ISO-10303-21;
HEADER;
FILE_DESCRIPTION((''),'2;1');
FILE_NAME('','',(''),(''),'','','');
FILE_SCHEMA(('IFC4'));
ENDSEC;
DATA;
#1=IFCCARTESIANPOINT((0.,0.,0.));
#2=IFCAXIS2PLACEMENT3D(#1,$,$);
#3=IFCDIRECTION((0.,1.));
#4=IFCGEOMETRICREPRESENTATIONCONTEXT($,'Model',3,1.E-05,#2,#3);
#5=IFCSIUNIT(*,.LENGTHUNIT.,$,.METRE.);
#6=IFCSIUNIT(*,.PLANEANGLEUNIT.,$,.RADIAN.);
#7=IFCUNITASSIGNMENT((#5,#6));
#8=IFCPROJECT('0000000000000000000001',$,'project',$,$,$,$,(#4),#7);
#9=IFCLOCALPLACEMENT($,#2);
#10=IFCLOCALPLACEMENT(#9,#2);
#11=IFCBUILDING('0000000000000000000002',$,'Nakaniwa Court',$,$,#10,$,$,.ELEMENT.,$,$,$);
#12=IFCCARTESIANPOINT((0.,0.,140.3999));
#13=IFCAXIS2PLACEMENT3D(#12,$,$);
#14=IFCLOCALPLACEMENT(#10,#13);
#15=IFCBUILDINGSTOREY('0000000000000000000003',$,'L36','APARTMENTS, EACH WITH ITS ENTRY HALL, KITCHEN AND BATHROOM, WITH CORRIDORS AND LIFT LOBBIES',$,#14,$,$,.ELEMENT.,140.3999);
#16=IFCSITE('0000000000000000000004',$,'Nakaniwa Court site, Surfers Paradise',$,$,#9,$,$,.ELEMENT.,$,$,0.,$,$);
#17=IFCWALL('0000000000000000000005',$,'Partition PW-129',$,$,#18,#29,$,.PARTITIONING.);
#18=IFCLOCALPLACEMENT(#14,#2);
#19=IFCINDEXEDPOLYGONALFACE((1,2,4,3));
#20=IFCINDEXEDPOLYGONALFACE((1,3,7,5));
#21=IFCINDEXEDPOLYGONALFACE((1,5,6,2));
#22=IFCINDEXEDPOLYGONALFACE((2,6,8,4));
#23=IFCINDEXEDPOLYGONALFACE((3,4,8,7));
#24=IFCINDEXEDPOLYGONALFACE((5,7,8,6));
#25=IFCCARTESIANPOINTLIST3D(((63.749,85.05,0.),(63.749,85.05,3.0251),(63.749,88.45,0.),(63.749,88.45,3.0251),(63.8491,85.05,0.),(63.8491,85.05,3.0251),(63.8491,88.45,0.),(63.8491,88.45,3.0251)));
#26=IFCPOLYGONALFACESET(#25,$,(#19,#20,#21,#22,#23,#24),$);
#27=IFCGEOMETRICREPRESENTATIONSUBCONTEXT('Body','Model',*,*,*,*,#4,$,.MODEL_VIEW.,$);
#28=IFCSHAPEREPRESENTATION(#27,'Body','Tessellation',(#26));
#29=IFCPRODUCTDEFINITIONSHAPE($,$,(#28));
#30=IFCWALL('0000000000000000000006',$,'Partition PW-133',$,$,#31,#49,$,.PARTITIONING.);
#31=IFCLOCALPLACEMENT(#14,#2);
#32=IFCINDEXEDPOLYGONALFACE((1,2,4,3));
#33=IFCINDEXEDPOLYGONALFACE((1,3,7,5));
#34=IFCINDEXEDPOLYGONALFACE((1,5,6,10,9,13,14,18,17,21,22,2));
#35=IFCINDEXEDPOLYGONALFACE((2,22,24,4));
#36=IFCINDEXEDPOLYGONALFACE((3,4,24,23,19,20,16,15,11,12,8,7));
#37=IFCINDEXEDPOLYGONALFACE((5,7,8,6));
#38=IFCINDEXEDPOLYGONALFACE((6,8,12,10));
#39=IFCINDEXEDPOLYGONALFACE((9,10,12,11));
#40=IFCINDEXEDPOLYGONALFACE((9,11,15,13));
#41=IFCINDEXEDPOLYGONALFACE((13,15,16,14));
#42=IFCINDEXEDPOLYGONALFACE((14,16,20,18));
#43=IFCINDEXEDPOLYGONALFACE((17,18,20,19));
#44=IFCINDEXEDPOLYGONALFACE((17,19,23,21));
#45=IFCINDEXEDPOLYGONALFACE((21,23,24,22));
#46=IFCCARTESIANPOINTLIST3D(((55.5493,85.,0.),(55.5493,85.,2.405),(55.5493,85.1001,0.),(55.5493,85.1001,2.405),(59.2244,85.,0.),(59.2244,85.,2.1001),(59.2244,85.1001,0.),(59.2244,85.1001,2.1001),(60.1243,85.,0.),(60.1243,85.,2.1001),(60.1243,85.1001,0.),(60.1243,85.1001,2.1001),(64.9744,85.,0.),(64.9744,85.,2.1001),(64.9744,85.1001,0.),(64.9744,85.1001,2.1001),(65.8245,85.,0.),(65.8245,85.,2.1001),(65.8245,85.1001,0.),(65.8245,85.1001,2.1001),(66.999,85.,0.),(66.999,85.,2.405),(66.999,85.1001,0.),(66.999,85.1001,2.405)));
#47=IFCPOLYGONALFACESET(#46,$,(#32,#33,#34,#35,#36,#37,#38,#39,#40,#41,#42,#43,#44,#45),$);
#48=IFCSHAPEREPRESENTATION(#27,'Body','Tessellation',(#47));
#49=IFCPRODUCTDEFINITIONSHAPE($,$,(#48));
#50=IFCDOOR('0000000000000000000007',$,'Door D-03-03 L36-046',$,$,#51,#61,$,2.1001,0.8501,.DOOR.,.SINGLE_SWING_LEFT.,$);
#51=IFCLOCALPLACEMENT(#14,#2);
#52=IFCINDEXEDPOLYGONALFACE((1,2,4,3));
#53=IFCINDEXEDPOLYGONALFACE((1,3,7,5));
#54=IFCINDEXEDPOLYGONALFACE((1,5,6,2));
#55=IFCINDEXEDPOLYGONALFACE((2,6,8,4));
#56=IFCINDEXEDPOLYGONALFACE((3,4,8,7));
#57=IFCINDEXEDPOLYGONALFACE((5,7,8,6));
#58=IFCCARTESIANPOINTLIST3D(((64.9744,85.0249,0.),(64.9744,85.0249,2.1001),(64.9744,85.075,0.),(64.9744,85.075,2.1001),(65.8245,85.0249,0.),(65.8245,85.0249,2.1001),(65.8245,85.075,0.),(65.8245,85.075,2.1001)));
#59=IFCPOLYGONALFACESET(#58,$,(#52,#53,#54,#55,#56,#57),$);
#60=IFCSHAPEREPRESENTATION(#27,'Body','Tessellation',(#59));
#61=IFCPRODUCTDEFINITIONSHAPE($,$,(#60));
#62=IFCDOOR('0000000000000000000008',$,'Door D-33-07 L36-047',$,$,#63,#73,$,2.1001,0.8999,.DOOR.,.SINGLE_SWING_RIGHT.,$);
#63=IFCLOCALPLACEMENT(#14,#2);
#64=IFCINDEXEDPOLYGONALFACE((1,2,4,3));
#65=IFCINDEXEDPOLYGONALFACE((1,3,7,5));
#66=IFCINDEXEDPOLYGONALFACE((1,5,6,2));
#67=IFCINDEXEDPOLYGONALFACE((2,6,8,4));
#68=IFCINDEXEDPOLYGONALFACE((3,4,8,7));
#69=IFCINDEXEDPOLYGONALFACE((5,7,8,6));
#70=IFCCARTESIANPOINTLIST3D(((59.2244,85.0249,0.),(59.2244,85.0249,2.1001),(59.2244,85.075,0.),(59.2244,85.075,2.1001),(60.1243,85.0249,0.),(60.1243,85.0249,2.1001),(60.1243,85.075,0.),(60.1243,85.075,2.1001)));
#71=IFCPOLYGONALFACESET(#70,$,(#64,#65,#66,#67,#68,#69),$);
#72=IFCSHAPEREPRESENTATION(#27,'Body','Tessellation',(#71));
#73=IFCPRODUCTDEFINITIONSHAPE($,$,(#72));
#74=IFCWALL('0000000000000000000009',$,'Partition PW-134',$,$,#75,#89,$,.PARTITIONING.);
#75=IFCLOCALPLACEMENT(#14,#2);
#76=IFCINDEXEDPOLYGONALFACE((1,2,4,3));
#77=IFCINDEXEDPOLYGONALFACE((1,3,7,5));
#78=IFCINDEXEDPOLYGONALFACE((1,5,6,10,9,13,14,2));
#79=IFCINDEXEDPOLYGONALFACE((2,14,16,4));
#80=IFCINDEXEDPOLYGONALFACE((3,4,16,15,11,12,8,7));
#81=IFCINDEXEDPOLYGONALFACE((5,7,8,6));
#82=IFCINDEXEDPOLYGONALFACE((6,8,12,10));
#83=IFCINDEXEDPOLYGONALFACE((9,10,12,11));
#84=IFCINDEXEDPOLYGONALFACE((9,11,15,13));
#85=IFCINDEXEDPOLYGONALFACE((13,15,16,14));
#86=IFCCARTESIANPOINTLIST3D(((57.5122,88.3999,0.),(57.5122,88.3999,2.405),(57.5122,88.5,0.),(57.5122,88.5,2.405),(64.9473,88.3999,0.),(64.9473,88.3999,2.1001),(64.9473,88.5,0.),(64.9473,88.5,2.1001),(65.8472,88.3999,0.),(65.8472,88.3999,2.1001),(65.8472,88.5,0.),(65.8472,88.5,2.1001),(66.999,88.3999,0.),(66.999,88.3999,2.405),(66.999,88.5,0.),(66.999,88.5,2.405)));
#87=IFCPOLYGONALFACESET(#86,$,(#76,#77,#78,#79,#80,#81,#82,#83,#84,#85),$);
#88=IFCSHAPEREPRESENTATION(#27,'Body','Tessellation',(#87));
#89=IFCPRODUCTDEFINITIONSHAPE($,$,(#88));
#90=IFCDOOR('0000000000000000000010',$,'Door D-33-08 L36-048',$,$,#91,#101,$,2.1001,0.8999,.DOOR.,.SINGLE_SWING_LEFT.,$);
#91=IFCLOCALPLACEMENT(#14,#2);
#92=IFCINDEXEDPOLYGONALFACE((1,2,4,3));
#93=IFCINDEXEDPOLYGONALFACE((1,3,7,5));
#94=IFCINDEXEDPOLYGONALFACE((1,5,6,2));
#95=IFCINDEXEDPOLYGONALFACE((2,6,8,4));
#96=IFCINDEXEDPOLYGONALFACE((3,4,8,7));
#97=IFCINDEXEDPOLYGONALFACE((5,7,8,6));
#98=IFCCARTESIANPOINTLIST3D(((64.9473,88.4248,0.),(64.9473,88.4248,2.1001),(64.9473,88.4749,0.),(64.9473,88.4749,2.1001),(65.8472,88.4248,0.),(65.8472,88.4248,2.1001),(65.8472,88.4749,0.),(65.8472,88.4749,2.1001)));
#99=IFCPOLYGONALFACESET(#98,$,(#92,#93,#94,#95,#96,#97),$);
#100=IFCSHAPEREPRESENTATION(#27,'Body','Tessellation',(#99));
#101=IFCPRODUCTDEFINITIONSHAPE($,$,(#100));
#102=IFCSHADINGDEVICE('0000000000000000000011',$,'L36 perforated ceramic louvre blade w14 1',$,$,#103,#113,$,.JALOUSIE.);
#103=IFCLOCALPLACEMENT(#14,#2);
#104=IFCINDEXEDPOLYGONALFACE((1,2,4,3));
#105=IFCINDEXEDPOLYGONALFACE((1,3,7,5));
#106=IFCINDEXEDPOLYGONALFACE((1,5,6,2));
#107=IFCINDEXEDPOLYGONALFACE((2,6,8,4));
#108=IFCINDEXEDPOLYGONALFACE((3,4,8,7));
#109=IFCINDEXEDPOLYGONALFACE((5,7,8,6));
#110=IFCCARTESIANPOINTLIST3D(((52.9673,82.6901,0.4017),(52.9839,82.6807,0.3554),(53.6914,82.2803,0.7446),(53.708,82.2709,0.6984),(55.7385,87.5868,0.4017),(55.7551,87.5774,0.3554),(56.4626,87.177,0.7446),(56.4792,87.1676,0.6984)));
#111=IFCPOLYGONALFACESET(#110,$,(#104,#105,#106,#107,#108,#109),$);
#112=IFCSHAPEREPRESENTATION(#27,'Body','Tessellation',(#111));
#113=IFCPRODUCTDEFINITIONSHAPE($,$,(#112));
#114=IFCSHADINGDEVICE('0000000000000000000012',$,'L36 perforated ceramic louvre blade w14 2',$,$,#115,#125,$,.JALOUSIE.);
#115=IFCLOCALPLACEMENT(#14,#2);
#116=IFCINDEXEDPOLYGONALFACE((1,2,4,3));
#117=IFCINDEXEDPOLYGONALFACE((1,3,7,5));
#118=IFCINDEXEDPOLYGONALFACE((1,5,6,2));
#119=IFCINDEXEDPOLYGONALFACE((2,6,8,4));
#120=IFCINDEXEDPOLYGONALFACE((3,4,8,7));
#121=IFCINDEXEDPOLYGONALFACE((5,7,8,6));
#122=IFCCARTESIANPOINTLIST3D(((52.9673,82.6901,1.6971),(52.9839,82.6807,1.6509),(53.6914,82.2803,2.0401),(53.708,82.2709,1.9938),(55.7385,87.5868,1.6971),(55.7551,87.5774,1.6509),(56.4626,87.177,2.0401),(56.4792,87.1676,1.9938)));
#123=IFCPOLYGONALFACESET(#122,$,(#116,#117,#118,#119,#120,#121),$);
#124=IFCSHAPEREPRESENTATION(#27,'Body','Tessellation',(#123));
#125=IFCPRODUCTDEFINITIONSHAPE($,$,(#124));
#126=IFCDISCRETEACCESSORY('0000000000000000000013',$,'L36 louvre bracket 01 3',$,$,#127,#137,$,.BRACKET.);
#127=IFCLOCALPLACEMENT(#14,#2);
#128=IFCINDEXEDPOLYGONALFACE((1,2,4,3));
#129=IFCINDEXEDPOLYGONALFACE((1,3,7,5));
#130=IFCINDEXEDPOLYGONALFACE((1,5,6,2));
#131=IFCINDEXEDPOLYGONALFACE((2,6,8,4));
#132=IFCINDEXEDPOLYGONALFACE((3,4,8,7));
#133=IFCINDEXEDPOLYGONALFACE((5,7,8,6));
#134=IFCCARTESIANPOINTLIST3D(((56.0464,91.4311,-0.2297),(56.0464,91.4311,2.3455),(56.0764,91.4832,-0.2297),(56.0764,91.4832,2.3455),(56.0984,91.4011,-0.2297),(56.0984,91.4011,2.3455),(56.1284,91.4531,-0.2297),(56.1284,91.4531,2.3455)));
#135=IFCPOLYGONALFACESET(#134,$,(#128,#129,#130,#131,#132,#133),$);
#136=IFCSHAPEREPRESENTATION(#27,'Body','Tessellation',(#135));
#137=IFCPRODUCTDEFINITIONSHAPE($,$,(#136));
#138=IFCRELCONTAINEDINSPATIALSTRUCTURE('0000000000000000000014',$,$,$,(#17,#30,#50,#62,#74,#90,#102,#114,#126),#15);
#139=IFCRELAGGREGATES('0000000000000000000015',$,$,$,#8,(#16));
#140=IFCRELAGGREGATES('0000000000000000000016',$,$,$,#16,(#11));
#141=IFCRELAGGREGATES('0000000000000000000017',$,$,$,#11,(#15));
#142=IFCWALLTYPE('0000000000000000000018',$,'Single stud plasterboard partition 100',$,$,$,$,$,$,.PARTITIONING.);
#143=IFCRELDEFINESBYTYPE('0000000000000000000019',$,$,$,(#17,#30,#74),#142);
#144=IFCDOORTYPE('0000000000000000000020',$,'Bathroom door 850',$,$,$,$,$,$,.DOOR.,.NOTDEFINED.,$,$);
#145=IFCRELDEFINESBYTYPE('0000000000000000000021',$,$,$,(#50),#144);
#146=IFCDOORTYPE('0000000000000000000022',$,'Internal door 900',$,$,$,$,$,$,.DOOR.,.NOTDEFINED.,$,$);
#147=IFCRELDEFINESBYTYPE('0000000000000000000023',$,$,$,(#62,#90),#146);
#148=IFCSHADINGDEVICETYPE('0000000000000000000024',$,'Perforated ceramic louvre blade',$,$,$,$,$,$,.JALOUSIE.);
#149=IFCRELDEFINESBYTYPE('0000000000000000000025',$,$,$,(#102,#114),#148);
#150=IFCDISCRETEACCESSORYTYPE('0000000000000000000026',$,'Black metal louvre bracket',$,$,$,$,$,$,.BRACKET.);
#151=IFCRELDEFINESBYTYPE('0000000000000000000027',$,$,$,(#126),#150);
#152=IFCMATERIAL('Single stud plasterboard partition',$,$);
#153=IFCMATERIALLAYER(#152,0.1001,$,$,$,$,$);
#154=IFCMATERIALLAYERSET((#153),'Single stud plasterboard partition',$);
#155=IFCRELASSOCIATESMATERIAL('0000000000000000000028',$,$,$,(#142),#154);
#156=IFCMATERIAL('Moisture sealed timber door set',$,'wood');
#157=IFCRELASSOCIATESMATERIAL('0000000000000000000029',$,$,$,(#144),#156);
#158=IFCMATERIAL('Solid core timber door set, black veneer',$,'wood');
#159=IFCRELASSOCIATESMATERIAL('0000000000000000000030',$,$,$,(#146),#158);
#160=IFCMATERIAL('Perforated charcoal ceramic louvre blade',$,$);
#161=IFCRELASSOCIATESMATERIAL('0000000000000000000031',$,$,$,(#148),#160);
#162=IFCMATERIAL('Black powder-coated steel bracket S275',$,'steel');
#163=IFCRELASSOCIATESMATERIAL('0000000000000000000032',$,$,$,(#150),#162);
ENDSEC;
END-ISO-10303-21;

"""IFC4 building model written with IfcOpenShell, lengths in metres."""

from ifc_helpers import new_model, si_unit, direction, frame, frame_2d, origin, origin_2d, place, context, subcontext, project, spatial, rectangle, extrude, material, layer, layer_set, material_profile, profile_set, type_object, element, fill, save


model = new_model("IFC4")

# Units and contexts
model_context = context("Model", 3, precision=1e-05, world=origin(), true_north=direction((0.0, 1.0)))
body_context = subcontext(model_context, "Body", "Model", "MODEL_VIEW")
ifc_project = project(units=[si_unit("LENGTHUNIT", "METRE"), si_unit("PLANEANGLEUNIT", "RADIAN")], contexts=[model_context])

# Site, building, storey
site_placement = place(None, origin())
site = spatial("IfcSite", under=ifc_project, at=site_placement, Name="Nakaniwa Court site, Surfers Paradise", CompositionType="ELEMENT", RefElevation=0.0)
building_placement = place(site_placement, origin())
building = spatial("IfcBuilding", under=site, at=building_placement, Name="Nakaniwa Court", CompositionType="ELEMENT")
storey_placement = place(building_placement, frame((0.0, 0.0, 140.3999)))
storey = spatial("IfcBuildingStorey", under=building, at=storey_placement, Name="L36", Description="APARTMENTS, EACH WITH ITS ENTRY HALL, KITCHEN AND BATHROOM, WITH CORRIDORS AND LIFT LOBBIES", CompositionType="ELEMENT", Elevation=140.3999)

# Wall
ifc_material_1 = material(Name="Single stud plasterboard partition")
ifc_layer_1 = layer(ifc_material_1, 0.1001)
ifc_layer_set_1 = layer_set([ifc_layer_1], Name="Single stud plasterboard partition")
wall_type_1 = type_object("IfcWallType", Name="Single stud plasterboard partition 100", PredefinedType="PARTITIONING", material=ifc_layer_set_1)
wall_1_placement = place(storey_placement, frame((63.7991, 85.05, 0.0), z_axis=(0.0, 0.0, 1.0), x_axis=(0.0, 1.0, 0.0)))
element("IfcWall", 1, at=wall_1_placement, inside=storey, type_object=wall_type_1, Name="Partition PW-129", PredefinedType="PARTITIONING", context=body_context, shape_type="SweptSolid", body=[
    extrude(rectangle(XDim=3.3999, YDim=0.1001, at=frame_2d((1.7, 0.0))), origin(), (0.0, 0.0, 1.0), 3.0251),
])

# Wall, openings, doors
wall_2_placement = place(storey_placement, frame((55.5493, 85.05, 0.0), z_axis=(0.0, 0.0, 1.0), x_axis=(1.0, 0.0, 0.0)))
wall_2 = element("IfcWall", 2, at=wall_2_placement, inside=storey, type_object=wall_type_1, Name="Partition PW-133", PredefinedType="PARTITIONING", context=body_context, shape_type="SweptSolid", body=[
    extrude(rectangle(XDim=11.4497, YDim=0.1001, at=frame_2d((5.7249, 0.0))), origin(), (0.0, 0.0, 1.0), 2.405),
])
opening_1_placement = place(wall_2_placement, frame((9.425, 0.0, 0.0)))
opening_1 = element("IfcOpeningElement", 3, at=opening_1_placement, cuts=wall_2, PredefinedType="OPENING", context=body_context, shape_type="SweptSolid", body=[
    extrude(rectangle(XDim=0.8501, YDim=2.1001, at=frame_2d((0.425, 1.05))), frame((0.0, 0.0601, 0.0), z_axis=(0.0, -1.0, 0.0), x_axis=(1.0, 0.0, 0.0)), (0.0, 0.0, 1.0), 0.1201),
])
opening_2_placement = place(wall_2_placement, frame((3.675, 0.0, 0.0)))
opening_2 = element("IfcOpeningElement", 4, at=opening_2_placement, cuts=wall_2, PredefinedType="OPENING", context=body_context, shape_type="SweptSolid", body=[
    extrude(rectangle(XDim=0.8999, YDim=2.1001, at=frame_2d((0.45, 1.05))), frame((0.0, 0.0601, 0.0), z_axis=(0.0, -1.0, 0.0), x_axis=(1.0, 0.0, 0.0)), (0.0, 0.0, 1.0), 0.1201),
])
ifc_material_2 = material(Name="Moisture sealed timber door set", Category="wood")
door_type_1 = type_object("IfcDoorType", Name="Bathroom door 850", OperationType="NOTDEFINED", PredefinedType="DOOR", material=ifc_material_2)
door_1_placement = place(opening_1_placement, origin())
door_1 = element("IfcDoor", 5, at=door_1_placement, inside=storey, type_object=door_type_1, Name="Door D-03-03 L36-046", OperationType="SINGLE_SWING_LEFT", OverallHeight=2.1001, OverallWidth=0.8501, PredefinedType="DOOR", context=body_context, shape_type="SweptSolid", body=[
    extrude(rectangle(XDim=0.8501, YDim=2.1001, at=frame_2d((0.425, 1.05))), frame((0.0, 0.0249, 0.0), z_axis=(0.0, -1.0, 0.0), x_axis=(1.0, 0.0, 0.0)), (0.0, 0.0, 1.0), 0.05),
])
fill(opening_1, door_1)
ifc_material_3 = material(Name="Solid core timber door set, black veneer", Category="wood")
door_type_2 = type_object("IfcDoorType", Name="Internal door 900", OperationType="NOTDEFINED", PredefinedType="DOOR", material=ifc_material_3)
door_2_placement = place(opening_2_placement, origin())
door_2 = element("IfcDoor", 6, at=door_2_placement, inside=storey, type_object=door_type_2, Name="Door D-33-07 L36-047", OperationType="SINGLE_SWING_RIGHT", OverallHeight=2.1001, OverallWidth=0.8999, PredefinedType="DOOR", context=body_context, shape_type="SweptSolid", body=[
    extrude(rectangle(XDim=0.8999, YDim=2.1001, at=frame_2d((0.45, 1.05))), frame((0.0, 0.0249, 0.0), z_axis=(0.0, -1.0, 0.0), x_axis=(1.0, 0.0, 0.0)), (0.0, 0.0, 1.0), 0.05),
])
fill(opening_2, door_2)

# Wall, opening, door
wall_3_placement = place(storey_placement, frame((57.5122, 88.45, 0.0), z_axis=(0.0, 0.0, 1.0), x_axis=(1.0, 0.0, 0.0)))
wall_3 = element("IfcWall", 7, at=wall_3_placement, inside=storey, type_object=wall_type_1, Name="Partition PW-134", PredefinedType="PARTITIONING", context=body_context, shape_type="SweptSolid", body=[
    extrude(rectangle(XDim=9.4868, YDim=0.1001, at=frame_2d((4.7434, 0.0))), origin(), (0.0, 0.0, 1.0), 2.405),
])
opening_3_placement = place(wall_3_placement, frame((7.4351, 0.0, 0.0)))
opening_3 = element("IfcOpeningElement", 8, at=opening_3_placement, cuts=wall_3, PredefinedType="OPENING", context=body_context, shape_type="SweptSolid", body=[
    extrude(rectangle(XDim=0.8999, YDim=2.1001, at=frame_2d((0.45, 1.05))), frame((0.0, 0.0601, 0.0), z_axis=(0.0, -1.0, 0.0), x_axis=(1.0, 0.0, 0.0)), (0.0, 0.0, 1.0), 0.1201),
])
door_3_placement = place(opening_3_placement, origin())
door_3 = element("IfcDoor", 9, at=door_3_placement, inside=storey, type_object=door_type_2, Name="Door D-33-08 L36-048", OperationType="SINGLE_SWING_LEFT", OverallHeight=2.1001, OverallWidth=0.8999, PredefinedType="DOOR", context=body_context, shape_type="SweptSolid", body=[
    extrude(rectangle(XDim=0.8999, YDim=2.1001, at=frame_2d((0.45, 1.05))), frame((0.0, 0.0249, 0.0), z_axis=(0.0, -1.0, 0.0), x_axis=(1.0, 0.0, 0.0)), (0.0, 0.0, 1.0), 0.05),
])
fill(opening_3, door_3)

# Shading devices
ifc_material_4 = material(Name="Perforated charcoal ceramic louvre blade")
ifc_material_profile_1 = material_profile(ifc_material_4, rectangle(XDim=0.8999, YDim=0.05, at=origin_2d()), Name="Perforated ceramic louvre blade")
ifc_profile_set_1 = profile_set([ifc_material_profile_1], Name="Perforated charcoal ceramic louvre blade")
shading_device_type = type_object("IfcShadingDeviceType", Name="Perforated ceramic louvre blade", PredefinedType="JALOUSIE", material=ifc_profile_set_1)
for number, where, z_axis, x_axis, name in (
    (10, (56.1089, 87.3772, 0.55), (-0.492532, -0.870294, 0.0), (0.804627, -0.455368, 0.38107), "L36 perforated ceramic louvre blade w14 1"),
    (11, (56.1089, 87.3772, 1.8455), (-0.492532, -0.870294, 0.0), (0.804627, -0.455368, 0.38107), "L36 perforated ceramic louvre blade w14 2"),
):
    element("IfcShadingDevice", number, at=place(storey_placement, frame(where, z_axis=z_axis, x_axis=x_axis)), inside=storey, type_object=shading_device_type, Name=name, PredefinedType="JALOUSIE", context=body_context, shape_type="SweptSolid", body=[
        extrude(rectangle(XDim=0.8999, YDim=0.05, at=origin_2d()), origin(), (0.0, 0.0, 1.0), 5.6265),
    ])

# Discrete accessory
ifc_material_5 = material(Name="Black powder-coated steel bracket S275", Category="steel")
discrete_accessory_type = type_object("IfcDiscreteAccessoryType", Name="Black metal louvre bracket", PredefinedType="BRACKET", material=ifc_material_5)
discrete_accessory_placement = place(storey_placement, frame((56.0874, 91.4421, -0.2297), z_axis=(0.0, 0.0, 1.0), x_axis=(-0.500005, -0.866023, 0.0)))
element("IfcDiscreteAccessory", 12, at=discrete_accessory_placement, inside=storey, type_object=discrete_accessory_type, Name="L36 louvre bracket 01 3", PredefinedType="BRACKET", context=body_context, shape_type="SweptSolid", body=[
    extrude(rectangle(XDim=0.0601, YDim=0.0601, at=origin_2d()), origin(), (0.0, 0.0, 1.0), 2.5752),
])

save(model, "model.ifc")
